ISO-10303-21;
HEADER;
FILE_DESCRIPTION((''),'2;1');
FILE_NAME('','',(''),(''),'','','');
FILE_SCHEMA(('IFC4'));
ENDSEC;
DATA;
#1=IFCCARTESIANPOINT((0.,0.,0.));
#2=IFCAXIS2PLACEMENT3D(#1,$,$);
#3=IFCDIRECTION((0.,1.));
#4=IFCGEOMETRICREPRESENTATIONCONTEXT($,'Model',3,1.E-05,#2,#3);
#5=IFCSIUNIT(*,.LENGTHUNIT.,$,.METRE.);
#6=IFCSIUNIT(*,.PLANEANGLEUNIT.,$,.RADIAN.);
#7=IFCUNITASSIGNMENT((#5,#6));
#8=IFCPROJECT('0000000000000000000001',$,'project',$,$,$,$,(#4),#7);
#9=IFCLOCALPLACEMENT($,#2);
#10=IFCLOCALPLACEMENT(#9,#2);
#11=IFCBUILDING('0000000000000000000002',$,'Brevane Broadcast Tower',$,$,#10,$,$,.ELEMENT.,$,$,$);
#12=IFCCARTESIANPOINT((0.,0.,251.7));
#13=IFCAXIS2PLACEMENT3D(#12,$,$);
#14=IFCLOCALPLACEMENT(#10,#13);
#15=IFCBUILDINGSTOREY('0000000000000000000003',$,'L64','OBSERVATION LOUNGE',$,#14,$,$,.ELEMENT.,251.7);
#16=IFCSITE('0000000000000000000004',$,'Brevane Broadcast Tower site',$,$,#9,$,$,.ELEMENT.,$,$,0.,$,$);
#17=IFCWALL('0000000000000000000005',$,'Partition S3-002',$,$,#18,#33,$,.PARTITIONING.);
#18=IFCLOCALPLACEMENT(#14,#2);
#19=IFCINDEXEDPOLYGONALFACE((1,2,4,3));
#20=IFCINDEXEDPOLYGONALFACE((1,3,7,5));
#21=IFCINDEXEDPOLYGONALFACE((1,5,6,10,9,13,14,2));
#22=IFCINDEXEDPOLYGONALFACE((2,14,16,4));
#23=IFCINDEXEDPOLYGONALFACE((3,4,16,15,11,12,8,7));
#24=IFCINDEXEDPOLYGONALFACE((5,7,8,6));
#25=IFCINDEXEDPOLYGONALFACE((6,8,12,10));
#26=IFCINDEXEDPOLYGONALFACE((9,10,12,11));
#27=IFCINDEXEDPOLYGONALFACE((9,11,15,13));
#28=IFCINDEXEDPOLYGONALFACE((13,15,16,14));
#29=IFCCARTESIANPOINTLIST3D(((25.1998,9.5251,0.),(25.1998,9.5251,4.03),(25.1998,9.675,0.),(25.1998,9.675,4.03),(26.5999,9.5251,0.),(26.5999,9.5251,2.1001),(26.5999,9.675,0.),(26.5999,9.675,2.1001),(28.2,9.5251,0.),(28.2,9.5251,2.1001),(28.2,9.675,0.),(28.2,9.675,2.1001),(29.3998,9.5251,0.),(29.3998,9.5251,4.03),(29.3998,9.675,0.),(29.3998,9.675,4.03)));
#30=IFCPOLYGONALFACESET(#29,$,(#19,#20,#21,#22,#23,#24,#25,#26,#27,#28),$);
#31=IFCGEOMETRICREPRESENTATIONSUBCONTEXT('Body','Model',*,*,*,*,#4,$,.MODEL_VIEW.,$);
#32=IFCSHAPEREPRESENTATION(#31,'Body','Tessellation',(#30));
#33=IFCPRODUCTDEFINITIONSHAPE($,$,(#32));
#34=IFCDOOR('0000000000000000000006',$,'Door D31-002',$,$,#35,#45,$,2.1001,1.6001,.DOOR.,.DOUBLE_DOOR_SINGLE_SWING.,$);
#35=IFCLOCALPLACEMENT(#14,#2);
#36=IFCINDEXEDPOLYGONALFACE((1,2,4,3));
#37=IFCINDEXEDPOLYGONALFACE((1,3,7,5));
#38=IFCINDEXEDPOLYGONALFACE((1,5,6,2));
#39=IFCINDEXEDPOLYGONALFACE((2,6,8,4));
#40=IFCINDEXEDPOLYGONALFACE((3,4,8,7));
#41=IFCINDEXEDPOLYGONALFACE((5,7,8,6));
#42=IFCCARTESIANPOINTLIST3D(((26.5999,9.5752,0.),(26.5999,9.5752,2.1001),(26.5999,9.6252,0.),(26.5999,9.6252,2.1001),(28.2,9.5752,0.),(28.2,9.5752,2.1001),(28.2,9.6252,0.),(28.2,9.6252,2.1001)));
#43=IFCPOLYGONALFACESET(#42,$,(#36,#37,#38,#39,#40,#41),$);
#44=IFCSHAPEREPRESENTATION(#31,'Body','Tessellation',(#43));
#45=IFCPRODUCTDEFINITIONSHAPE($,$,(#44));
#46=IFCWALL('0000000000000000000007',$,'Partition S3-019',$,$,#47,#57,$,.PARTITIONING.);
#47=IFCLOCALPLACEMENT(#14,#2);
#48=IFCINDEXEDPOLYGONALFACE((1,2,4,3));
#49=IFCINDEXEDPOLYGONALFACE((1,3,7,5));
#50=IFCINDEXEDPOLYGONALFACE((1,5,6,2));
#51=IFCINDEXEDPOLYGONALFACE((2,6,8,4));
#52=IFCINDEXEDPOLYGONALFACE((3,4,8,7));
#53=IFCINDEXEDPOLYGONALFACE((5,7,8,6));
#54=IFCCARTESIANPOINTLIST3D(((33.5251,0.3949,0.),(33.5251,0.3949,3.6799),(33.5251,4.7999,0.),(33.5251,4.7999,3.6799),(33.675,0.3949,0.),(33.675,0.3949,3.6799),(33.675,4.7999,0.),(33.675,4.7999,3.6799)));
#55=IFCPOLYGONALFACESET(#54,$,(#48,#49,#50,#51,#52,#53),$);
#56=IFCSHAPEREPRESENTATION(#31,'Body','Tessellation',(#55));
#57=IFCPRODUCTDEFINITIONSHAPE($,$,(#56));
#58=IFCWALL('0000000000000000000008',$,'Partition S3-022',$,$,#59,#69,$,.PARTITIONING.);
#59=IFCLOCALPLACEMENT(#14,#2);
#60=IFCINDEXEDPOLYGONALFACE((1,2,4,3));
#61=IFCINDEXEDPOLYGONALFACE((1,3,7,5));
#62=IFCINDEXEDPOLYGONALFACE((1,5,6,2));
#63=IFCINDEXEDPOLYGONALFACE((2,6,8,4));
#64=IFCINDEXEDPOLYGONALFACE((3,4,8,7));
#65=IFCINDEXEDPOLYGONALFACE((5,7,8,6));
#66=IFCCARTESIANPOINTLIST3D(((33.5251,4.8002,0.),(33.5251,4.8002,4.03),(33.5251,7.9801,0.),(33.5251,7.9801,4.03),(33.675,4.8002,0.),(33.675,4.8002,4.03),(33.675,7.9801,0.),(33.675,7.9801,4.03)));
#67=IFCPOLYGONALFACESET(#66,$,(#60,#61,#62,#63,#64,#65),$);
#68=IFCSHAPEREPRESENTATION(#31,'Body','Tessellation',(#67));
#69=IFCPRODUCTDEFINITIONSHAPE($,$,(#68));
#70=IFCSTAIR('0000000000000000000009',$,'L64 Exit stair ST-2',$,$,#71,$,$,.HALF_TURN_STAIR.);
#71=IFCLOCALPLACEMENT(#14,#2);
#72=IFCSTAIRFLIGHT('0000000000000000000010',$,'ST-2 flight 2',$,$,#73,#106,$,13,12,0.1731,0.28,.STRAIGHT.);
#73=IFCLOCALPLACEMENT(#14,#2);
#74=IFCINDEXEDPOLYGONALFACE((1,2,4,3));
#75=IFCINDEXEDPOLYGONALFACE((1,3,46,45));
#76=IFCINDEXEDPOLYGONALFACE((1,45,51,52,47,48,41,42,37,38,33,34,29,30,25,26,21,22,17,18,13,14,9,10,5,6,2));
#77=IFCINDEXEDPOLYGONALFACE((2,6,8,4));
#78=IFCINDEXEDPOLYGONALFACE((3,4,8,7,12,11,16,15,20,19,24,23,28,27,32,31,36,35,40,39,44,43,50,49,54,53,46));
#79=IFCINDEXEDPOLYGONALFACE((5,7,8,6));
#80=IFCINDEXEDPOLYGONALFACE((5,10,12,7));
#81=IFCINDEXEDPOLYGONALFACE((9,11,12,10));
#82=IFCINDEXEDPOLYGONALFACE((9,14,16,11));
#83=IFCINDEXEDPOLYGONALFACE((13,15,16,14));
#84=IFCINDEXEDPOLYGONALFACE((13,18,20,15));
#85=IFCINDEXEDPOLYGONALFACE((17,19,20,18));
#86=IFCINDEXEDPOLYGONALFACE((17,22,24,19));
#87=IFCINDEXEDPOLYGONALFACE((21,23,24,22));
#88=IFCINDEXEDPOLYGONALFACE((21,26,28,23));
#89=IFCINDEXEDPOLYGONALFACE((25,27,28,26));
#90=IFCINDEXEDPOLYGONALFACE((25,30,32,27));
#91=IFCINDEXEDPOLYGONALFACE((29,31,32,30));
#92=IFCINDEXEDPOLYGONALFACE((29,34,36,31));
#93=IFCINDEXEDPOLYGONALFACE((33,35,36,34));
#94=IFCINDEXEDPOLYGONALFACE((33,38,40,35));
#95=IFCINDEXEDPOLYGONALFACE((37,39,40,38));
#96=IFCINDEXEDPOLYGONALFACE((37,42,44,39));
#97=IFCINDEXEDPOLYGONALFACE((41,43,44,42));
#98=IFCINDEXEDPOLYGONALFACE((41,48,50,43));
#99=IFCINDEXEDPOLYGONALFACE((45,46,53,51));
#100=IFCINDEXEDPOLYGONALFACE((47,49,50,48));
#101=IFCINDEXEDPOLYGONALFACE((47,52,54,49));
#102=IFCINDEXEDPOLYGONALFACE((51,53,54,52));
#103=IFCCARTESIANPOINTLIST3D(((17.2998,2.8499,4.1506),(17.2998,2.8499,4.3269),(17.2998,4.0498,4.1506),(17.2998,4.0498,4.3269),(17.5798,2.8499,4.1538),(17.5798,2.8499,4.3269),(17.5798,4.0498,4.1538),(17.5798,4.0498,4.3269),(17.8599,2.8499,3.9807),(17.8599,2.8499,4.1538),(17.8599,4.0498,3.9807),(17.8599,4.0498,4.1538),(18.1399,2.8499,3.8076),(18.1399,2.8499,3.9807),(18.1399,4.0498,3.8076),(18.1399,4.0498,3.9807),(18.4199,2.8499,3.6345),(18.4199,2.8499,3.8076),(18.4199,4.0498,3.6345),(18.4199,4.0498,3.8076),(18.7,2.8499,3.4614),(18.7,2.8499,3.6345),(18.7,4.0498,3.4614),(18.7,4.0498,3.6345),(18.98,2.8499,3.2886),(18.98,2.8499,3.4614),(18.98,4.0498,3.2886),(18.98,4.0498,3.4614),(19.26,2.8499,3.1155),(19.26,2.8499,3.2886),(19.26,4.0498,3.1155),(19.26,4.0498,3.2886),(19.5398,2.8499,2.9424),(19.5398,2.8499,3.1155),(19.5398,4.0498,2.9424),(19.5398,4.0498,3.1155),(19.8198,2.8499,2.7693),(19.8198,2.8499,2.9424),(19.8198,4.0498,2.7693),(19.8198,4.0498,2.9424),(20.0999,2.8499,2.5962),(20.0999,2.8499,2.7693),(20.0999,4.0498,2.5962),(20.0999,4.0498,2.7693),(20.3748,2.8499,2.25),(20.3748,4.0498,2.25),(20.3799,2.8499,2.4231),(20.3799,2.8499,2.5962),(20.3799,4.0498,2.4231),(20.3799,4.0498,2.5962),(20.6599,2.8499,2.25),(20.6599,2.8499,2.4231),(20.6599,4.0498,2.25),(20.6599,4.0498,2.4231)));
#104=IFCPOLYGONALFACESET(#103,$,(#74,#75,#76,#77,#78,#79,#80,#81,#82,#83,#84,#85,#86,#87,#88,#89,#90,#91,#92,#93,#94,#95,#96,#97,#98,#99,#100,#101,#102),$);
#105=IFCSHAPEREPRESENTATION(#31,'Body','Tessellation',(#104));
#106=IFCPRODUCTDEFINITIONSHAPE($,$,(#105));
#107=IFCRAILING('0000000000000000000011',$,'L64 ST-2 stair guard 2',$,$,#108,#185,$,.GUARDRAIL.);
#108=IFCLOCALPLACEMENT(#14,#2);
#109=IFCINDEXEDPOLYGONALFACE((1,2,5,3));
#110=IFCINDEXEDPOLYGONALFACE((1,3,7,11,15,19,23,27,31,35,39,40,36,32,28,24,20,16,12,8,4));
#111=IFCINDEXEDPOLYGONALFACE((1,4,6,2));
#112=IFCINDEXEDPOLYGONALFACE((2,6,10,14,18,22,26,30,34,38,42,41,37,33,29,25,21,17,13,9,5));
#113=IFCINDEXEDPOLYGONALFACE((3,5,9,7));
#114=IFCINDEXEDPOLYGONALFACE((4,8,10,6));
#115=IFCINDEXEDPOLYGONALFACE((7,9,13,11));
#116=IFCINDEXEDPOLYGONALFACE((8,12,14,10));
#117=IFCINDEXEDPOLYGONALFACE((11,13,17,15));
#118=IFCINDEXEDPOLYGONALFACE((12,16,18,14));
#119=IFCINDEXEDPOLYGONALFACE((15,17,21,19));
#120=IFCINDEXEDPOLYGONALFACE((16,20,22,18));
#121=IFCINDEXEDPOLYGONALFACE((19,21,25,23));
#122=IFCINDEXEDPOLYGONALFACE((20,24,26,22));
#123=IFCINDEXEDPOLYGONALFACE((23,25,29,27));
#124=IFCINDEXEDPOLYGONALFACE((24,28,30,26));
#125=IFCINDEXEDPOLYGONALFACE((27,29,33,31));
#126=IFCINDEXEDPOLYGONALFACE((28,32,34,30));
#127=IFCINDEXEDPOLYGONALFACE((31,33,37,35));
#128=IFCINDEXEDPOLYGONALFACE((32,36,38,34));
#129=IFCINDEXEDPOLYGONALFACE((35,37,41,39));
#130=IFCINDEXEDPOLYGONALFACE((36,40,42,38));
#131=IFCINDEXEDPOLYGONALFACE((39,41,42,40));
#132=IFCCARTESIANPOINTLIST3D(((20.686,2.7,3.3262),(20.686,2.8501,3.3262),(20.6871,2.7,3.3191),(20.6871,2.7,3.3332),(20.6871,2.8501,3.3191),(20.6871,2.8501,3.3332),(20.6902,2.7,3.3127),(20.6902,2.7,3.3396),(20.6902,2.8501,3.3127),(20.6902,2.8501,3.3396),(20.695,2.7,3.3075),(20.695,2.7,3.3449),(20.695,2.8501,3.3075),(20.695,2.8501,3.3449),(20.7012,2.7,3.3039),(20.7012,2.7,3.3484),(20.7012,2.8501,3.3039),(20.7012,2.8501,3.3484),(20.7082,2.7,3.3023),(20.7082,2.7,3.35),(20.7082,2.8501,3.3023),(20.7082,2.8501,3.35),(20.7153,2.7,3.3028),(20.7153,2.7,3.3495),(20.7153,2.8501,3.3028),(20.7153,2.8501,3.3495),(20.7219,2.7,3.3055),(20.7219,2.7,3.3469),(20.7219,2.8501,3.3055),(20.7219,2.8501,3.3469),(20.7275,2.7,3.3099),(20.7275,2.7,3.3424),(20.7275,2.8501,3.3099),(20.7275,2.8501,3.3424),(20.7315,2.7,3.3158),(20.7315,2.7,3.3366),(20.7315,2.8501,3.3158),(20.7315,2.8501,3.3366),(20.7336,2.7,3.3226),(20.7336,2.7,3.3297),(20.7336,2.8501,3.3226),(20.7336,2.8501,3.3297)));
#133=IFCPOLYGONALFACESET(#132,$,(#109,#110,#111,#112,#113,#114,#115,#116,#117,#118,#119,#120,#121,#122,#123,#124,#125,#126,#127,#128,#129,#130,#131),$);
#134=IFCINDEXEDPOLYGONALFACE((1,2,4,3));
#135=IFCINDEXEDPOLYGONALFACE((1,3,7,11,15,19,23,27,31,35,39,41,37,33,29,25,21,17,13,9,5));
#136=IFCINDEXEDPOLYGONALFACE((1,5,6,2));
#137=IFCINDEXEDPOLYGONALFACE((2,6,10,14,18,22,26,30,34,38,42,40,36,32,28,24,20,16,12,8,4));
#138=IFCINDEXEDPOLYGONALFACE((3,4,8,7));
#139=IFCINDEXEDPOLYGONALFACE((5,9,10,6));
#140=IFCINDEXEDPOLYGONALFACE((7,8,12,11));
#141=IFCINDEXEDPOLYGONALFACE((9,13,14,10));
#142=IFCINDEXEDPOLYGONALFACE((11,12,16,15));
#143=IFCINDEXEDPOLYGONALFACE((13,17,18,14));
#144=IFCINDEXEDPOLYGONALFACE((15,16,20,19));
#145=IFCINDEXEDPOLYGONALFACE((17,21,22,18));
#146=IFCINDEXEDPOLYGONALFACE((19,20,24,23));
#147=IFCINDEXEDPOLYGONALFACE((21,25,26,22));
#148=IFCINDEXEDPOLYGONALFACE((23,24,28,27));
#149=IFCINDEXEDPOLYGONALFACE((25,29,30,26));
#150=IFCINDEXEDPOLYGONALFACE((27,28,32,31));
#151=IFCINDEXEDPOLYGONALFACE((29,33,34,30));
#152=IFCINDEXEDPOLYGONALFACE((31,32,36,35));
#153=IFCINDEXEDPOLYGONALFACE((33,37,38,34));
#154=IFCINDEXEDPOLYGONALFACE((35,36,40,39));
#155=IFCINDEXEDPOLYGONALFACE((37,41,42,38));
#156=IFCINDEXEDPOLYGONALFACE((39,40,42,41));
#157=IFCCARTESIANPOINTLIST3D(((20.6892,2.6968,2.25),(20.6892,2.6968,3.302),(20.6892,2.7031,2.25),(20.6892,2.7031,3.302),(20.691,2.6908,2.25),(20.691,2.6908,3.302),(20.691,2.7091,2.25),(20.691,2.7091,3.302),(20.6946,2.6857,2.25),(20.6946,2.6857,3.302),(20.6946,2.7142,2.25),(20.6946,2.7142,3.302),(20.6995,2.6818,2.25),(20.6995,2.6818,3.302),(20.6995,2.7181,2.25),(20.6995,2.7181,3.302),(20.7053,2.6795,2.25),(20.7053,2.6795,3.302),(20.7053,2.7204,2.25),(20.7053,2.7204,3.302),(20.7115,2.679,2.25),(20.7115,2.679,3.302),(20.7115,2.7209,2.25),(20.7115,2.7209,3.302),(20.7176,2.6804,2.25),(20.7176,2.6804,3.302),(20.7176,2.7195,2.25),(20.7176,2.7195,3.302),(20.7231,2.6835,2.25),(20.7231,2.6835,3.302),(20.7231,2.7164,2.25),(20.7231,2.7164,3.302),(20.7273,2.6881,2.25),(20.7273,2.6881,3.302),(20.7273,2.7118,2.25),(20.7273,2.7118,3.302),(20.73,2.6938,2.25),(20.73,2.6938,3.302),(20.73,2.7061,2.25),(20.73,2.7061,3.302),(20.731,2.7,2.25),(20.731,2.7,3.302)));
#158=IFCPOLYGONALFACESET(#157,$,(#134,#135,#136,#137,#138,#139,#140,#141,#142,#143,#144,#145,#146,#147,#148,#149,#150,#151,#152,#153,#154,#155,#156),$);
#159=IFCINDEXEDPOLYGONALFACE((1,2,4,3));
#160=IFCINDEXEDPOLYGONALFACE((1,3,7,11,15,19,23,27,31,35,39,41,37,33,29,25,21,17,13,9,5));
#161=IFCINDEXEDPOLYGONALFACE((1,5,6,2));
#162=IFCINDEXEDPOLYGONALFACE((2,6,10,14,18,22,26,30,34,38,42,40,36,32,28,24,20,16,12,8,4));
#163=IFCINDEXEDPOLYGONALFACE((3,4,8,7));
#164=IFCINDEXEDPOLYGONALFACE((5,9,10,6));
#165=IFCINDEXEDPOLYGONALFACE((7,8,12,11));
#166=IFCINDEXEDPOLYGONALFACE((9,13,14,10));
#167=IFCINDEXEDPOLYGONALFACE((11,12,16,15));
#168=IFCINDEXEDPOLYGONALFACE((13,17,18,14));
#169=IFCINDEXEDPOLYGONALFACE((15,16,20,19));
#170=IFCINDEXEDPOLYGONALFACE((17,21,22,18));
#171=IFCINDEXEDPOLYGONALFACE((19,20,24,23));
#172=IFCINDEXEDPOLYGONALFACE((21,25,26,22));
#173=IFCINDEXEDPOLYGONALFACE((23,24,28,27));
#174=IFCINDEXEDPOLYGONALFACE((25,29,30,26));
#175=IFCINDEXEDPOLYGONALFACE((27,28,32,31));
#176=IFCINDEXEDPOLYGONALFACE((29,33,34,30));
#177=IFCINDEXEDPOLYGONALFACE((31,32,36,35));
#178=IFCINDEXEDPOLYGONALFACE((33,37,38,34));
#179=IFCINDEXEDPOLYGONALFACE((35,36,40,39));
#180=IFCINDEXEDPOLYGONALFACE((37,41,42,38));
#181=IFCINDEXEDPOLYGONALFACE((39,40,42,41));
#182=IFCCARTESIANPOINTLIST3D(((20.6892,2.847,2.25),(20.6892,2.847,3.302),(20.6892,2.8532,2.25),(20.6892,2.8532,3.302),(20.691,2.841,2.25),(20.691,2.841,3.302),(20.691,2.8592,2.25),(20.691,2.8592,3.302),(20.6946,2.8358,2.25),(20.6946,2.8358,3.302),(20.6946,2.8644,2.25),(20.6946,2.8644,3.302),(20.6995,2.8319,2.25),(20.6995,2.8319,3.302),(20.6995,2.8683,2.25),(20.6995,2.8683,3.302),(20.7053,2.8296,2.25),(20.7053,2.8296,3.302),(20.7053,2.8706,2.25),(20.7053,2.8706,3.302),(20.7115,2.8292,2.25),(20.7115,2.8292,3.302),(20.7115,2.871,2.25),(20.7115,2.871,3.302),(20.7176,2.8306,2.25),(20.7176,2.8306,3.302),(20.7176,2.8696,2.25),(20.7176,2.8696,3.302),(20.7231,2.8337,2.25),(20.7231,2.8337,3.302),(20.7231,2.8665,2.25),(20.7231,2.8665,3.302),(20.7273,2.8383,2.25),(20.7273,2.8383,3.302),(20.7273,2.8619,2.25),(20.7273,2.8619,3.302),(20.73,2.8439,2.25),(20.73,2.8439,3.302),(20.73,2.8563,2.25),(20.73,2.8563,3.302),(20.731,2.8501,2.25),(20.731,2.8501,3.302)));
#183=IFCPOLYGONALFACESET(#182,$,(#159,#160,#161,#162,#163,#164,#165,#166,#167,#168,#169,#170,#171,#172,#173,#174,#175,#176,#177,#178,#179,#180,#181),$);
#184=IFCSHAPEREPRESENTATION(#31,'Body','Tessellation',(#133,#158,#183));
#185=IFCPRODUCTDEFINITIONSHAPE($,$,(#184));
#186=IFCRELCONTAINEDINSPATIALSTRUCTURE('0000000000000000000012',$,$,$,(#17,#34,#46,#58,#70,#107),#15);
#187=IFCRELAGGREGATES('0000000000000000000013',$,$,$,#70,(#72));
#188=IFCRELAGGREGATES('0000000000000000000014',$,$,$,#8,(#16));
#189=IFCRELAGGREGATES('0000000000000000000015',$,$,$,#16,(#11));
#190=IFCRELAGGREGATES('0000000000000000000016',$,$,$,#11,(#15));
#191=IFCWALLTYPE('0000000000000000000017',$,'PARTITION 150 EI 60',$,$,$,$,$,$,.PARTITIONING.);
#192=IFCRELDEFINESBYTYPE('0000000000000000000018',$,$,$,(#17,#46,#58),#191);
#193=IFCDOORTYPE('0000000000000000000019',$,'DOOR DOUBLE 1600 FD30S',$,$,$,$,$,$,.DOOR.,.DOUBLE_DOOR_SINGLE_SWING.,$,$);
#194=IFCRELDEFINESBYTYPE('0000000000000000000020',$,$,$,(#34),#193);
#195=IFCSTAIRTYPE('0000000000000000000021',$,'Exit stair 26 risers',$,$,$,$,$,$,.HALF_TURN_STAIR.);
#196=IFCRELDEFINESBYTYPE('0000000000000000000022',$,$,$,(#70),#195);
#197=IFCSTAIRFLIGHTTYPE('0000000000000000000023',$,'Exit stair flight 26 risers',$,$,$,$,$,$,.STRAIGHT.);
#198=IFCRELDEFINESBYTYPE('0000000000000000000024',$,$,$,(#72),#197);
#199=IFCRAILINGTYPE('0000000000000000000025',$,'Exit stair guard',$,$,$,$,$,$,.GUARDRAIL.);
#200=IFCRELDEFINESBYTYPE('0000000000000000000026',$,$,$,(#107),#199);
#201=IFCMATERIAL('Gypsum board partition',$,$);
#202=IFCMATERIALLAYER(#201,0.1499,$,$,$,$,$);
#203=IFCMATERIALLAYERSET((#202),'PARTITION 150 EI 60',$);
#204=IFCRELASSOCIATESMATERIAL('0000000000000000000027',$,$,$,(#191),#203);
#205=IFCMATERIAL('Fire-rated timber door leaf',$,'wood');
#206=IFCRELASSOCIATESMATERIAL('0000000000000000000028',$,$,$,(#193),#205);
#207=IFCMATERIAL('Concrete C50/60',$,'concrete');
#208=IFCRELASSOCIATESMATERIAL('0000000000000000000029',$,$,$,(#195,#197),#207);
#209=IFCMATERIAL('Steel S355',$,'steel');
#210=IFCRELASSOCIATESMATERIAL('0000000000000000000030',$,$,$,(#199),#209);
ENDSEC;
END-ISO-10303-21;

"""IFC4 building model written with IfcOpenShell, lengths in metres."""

from ifc_helpers import new_model, si_unit, direction, frame, frame_2d, origin, origin_2d, place, context, subcontext, project, spatial, polyline, rectangle, circle, outline, extrude, material, layer, layer_set, type_object, element, fill, aggregate, save


model = new_model("IFC4")

# Units and contexts
model_context = context("Model", 3, precision=1e-05, world=origin(), true_north=direction((0.0, 1.0)))
body_context = subcontext(model_context, "Body", "Model", "MODEL_VIEW")
ifc_project = project(units=[si_unit("LENGTHUNIT", "METRE"), si_unit("PLANEANGLEUNIT", "RADIAN")], contexts=[model_context])

# Site, building, storey
site_placement = place(None, origin())
site = spatial("IfcSite", under=ifc_project, at=site_placement, Name="Brevane Broadcast Tower site", CompositionType="ELEMENT", RefElevation=0.0)
building_placement = place(site_placement, origin())
building = spatial("IfcBuilding", under=site, at=building_placement, Name="Brevane Broadcast Tower", CompositionType="ELEMENT")
storey_placement = place(building_placement, frame((0.0, 0.0, 251.7)))
storey = spatial("IfcBuildingStorey", under=building, at=storey_placement, Name="L64", Description="OBSERVATION LOUNGE", CompositionType="ELEMENT", Elevation=251.7)

# Shared definitions
ifc_material_1 = material(Name="Concrete C50/60", Category="concrete")

# Shared definitions
ifc_material_2 = material(Name="Gypsum board partition")

# Wall, opening, door
ifc_layer_1 = layer(ifc_material_2, 0.1499)
ifc_layer_set_1 = layer_set([ifc_layer_1], Name="PARTITION 150 EI 60")
wall_type_1 = type_object("IfcWallType", Name="PARTITION 150 EI 60", PredefinedType="PARTITIONING", material=ifc_layer_set_1)
wall_1_placement = place(storey_placement, frame((29.3999, 9.6001, 0.0), z_axis=(0.0, 0.0, 1.0), x_axis=(-1.0, 0.0, 0.0)))
wall_1 = element("IfcWall", 1, at=wall_1_placement, inside=storey, type_object=wall_type_1, Name="Partition S3-002", PredefinedType="PARTITIONING", context=body_context, shape_type="SweptSolid", body=[
    extrude(rectangle(XDim=4.2, YDim=0.1499, at=frame_2d((2.1001, 0.0))), origin(), (0.0, 0.0, 1.0), 4.03),
])
opening_1_placement = place(wall_1_placement, frame((1.2, 0.0, 0.0)))
opening_1 = element("IfcOpeningElement", 2, at=opening_1_placement, cuts=wall_1, PredefinedType="OPENING", context=body_context, shape_type="SweptSolid", body=[
    extrude(rectangle(XDim=1.6001, YDim=2.1001, at=frame_2d((0.8, 1.05))), frame((0.0, 0.085, 0.0), z_axis=(0.0, -1.0, 0.0), x_axis=(1.0, 0.0, 0.0)), (0.0, 0.0, 1.0), 0.1699),
])
ifc_material_3 = material(Name="Fire-rated timber door leaf", Category="wood")
door_type_1 = type_object("IfcDoorType", Name="DOOR DOUBLE 1600 FD30S", OperationType="DOUBLE_DOOR_SINGLE_SWING", PredefinedType="DOOR", material=ifc_material_3)
door_1_placement = place(opening_1_placement, origin())
door_1 = element("IfcDoor", 3, at=door_1_placement, inside=storey, type_object=door_type_1, Name="Door D31-002", OperationType="DOUBLE_DOOR_SINGLE_SWING", OverallHeight=2.1001, OverallWidth=1.6001, PredefinedType="DOOR", context=body_context, shape_type="SweptSolid", body=[
    extrude(rectangle(XDim=1.6001, YDim=2.1001, at=frame_2d((0.8, 1.05))), frame((0.0, 0.0249, 0.0), z_axis=(0.0, -1.0, 0.0), x_axis=(1.0, 0.0, 0.0)), (0.0, 0.0, 1.0), 0.05),
])
fill(opening_1, door_1)

# Walls
wall_2_placement = place(storey_placement, frame((33.6001, 4.8, 0.0), z_axis=(0.0, 0.0, 1.0), x_axis=(0.0, -1.0, 0.0)))
element("IfcWall", 4, at=wall_2_placement, inside=storey, type_object=wall_type_1, Name="Partition S3-019", PredefinedType="PARTITIONING", context=body_context, shape_type="SweptSolid", body=[
    extrude(rectangle(XDim=4.405, YDim=0.1499, at=frame_2d((2.2026, 0.0))), origin(), (0.0, 0.0, 1.0), 3.6799),
])
wall_3_placement = place(storey_placement, frame((33.6001, 7.98, 0.0), z_axis=(0.0, 0.0, 1.0), x_axis=(0.0, -1.0, 0.0)))
element("IfcWall", 5, at=wall_3_placement, inside=storey, type_object=wall_type_1, Name="Partition S3-022", PredefinedType="PARTITIONING", context=body_context, shape_type="SweptSolid", body=[
    extrude(rectangle(XDim=3.1799, YDim=0.1499, at=frame_2d((1.5898, 0.0))), origin(), (0.0, 0.0, 1.0), 4.03),
])

# Stair, stair flight
stair_type = type_object("IfcStairType", Name="Exit stair 26 risers", PredefinedType="HALF_TURN_STAIR", material=ifc_material_1)
stair_placement = place(storey_placement, origin())
stair = element("IfcStair", 6, at=stair_placement, inside=storey, type_object=stair_type, Name="L64 Exit stair ST-2", PredefinedType="HALF_TURN_STAIR")
stair_flight_type = type_object("IfcStairFlightType", Name="Exit stair flight 26 risers", PredefinedType="STRAIGHT", material=ifc_material_1)
stair_flight_placement = place(storey_placement, frame((20.6599, 3.45, 2.25), z_axis=(0.0, 0.0, 1.0), x_axis=(-1.0, 0.0, 0.0)))
stair_flight = element("IfcStairFlight", 7, at=stair_flight_placement, type_object=stair_flight_type, Name="ST-2 flight 2", NumberOfRisers=13, NumberOfTreads=12, PredefinedType="STRAIGHT", RiserHeight=0.1731, TreadLength=0.28, context=body_context, shape_type="SweptSolid", body=[
    extrude(outline(polyline([(0.0, 0.0), (0.0, 0.1731), (0.28, 0.1731), (0.28, 0.3462), (0.5601, 0.3462), (0.5601, 0.5193), (0.8401, 0.5193), (0.8401, 0.6924), (1.1201, 0.6924), (1.1201, 0.8655), (1.3999, 0.8655), (1.3999, 1.0386), (1.6799, 1.0386), (1.6799, 1.2114), (1.96, 1.2114), (1.96, 1.3845), (2.24, 1.3845), (2.24, 1.5576), (2.52, 1.5576), (2.52, 1.7307), (2.8, 1.7307), (2.8, 1.9038), (3.0801, 1.9038), (3.0801, 2.0769), (3.3601, 2.0769), (3.3601, 2.25), (3.3601, 1.9006), (0.2852, 0.0), (0.0, 0.0)])), frame((0.0, 0.6001, 0.0), z_axis=(0.0, -1.0, 0.0), x_axis=(1.0, 0.0, 0.0)), (0.0, 0.0, 1.0), 1.2),
])
aggregate(stair, [stair_flight])

# Railing
ifc_material_4 = material(Name="Steel S355", Category="steel")
railing_type_1 = type_object("IfcRailingType", Name="Exit stair guard", PredefinedType="GUARDRAIL", material=ifc_material_4)
railing_1_placement = place(storey_placement, frame((20.71, 2.7, 2.25)))
element("IfcRailing", 8, at=railing_1_placement, inside=storey, type_object=railing_type_1, Name="L64 ST-2 stair guard 2", PredefinedType="GUARDRAIL", context=body_context, shape_type="SweptSolid", body=[
    extrude(circle(Radius=0.0239, at=origin_2d()), frame((0.0, 0.0, 1.0762), z_axis=(0.0, 1.0, 0.0), x_axis=(-1.0, 0.0, 0.0)), (0.0, 0.0, 1.0), 0.1501),
    extrude(circle(Radius=0.021, at=origin_2d()), origin(), (0.0, 0.0, 1.0), 1.052),
    extrude(circle(Radius=0.021, at=origin_2d()), frame((0.0, 0.1501, 0.0)), (0.0, 0.0, 1.0), 1.052),
])

save(model, "model.ifc")
